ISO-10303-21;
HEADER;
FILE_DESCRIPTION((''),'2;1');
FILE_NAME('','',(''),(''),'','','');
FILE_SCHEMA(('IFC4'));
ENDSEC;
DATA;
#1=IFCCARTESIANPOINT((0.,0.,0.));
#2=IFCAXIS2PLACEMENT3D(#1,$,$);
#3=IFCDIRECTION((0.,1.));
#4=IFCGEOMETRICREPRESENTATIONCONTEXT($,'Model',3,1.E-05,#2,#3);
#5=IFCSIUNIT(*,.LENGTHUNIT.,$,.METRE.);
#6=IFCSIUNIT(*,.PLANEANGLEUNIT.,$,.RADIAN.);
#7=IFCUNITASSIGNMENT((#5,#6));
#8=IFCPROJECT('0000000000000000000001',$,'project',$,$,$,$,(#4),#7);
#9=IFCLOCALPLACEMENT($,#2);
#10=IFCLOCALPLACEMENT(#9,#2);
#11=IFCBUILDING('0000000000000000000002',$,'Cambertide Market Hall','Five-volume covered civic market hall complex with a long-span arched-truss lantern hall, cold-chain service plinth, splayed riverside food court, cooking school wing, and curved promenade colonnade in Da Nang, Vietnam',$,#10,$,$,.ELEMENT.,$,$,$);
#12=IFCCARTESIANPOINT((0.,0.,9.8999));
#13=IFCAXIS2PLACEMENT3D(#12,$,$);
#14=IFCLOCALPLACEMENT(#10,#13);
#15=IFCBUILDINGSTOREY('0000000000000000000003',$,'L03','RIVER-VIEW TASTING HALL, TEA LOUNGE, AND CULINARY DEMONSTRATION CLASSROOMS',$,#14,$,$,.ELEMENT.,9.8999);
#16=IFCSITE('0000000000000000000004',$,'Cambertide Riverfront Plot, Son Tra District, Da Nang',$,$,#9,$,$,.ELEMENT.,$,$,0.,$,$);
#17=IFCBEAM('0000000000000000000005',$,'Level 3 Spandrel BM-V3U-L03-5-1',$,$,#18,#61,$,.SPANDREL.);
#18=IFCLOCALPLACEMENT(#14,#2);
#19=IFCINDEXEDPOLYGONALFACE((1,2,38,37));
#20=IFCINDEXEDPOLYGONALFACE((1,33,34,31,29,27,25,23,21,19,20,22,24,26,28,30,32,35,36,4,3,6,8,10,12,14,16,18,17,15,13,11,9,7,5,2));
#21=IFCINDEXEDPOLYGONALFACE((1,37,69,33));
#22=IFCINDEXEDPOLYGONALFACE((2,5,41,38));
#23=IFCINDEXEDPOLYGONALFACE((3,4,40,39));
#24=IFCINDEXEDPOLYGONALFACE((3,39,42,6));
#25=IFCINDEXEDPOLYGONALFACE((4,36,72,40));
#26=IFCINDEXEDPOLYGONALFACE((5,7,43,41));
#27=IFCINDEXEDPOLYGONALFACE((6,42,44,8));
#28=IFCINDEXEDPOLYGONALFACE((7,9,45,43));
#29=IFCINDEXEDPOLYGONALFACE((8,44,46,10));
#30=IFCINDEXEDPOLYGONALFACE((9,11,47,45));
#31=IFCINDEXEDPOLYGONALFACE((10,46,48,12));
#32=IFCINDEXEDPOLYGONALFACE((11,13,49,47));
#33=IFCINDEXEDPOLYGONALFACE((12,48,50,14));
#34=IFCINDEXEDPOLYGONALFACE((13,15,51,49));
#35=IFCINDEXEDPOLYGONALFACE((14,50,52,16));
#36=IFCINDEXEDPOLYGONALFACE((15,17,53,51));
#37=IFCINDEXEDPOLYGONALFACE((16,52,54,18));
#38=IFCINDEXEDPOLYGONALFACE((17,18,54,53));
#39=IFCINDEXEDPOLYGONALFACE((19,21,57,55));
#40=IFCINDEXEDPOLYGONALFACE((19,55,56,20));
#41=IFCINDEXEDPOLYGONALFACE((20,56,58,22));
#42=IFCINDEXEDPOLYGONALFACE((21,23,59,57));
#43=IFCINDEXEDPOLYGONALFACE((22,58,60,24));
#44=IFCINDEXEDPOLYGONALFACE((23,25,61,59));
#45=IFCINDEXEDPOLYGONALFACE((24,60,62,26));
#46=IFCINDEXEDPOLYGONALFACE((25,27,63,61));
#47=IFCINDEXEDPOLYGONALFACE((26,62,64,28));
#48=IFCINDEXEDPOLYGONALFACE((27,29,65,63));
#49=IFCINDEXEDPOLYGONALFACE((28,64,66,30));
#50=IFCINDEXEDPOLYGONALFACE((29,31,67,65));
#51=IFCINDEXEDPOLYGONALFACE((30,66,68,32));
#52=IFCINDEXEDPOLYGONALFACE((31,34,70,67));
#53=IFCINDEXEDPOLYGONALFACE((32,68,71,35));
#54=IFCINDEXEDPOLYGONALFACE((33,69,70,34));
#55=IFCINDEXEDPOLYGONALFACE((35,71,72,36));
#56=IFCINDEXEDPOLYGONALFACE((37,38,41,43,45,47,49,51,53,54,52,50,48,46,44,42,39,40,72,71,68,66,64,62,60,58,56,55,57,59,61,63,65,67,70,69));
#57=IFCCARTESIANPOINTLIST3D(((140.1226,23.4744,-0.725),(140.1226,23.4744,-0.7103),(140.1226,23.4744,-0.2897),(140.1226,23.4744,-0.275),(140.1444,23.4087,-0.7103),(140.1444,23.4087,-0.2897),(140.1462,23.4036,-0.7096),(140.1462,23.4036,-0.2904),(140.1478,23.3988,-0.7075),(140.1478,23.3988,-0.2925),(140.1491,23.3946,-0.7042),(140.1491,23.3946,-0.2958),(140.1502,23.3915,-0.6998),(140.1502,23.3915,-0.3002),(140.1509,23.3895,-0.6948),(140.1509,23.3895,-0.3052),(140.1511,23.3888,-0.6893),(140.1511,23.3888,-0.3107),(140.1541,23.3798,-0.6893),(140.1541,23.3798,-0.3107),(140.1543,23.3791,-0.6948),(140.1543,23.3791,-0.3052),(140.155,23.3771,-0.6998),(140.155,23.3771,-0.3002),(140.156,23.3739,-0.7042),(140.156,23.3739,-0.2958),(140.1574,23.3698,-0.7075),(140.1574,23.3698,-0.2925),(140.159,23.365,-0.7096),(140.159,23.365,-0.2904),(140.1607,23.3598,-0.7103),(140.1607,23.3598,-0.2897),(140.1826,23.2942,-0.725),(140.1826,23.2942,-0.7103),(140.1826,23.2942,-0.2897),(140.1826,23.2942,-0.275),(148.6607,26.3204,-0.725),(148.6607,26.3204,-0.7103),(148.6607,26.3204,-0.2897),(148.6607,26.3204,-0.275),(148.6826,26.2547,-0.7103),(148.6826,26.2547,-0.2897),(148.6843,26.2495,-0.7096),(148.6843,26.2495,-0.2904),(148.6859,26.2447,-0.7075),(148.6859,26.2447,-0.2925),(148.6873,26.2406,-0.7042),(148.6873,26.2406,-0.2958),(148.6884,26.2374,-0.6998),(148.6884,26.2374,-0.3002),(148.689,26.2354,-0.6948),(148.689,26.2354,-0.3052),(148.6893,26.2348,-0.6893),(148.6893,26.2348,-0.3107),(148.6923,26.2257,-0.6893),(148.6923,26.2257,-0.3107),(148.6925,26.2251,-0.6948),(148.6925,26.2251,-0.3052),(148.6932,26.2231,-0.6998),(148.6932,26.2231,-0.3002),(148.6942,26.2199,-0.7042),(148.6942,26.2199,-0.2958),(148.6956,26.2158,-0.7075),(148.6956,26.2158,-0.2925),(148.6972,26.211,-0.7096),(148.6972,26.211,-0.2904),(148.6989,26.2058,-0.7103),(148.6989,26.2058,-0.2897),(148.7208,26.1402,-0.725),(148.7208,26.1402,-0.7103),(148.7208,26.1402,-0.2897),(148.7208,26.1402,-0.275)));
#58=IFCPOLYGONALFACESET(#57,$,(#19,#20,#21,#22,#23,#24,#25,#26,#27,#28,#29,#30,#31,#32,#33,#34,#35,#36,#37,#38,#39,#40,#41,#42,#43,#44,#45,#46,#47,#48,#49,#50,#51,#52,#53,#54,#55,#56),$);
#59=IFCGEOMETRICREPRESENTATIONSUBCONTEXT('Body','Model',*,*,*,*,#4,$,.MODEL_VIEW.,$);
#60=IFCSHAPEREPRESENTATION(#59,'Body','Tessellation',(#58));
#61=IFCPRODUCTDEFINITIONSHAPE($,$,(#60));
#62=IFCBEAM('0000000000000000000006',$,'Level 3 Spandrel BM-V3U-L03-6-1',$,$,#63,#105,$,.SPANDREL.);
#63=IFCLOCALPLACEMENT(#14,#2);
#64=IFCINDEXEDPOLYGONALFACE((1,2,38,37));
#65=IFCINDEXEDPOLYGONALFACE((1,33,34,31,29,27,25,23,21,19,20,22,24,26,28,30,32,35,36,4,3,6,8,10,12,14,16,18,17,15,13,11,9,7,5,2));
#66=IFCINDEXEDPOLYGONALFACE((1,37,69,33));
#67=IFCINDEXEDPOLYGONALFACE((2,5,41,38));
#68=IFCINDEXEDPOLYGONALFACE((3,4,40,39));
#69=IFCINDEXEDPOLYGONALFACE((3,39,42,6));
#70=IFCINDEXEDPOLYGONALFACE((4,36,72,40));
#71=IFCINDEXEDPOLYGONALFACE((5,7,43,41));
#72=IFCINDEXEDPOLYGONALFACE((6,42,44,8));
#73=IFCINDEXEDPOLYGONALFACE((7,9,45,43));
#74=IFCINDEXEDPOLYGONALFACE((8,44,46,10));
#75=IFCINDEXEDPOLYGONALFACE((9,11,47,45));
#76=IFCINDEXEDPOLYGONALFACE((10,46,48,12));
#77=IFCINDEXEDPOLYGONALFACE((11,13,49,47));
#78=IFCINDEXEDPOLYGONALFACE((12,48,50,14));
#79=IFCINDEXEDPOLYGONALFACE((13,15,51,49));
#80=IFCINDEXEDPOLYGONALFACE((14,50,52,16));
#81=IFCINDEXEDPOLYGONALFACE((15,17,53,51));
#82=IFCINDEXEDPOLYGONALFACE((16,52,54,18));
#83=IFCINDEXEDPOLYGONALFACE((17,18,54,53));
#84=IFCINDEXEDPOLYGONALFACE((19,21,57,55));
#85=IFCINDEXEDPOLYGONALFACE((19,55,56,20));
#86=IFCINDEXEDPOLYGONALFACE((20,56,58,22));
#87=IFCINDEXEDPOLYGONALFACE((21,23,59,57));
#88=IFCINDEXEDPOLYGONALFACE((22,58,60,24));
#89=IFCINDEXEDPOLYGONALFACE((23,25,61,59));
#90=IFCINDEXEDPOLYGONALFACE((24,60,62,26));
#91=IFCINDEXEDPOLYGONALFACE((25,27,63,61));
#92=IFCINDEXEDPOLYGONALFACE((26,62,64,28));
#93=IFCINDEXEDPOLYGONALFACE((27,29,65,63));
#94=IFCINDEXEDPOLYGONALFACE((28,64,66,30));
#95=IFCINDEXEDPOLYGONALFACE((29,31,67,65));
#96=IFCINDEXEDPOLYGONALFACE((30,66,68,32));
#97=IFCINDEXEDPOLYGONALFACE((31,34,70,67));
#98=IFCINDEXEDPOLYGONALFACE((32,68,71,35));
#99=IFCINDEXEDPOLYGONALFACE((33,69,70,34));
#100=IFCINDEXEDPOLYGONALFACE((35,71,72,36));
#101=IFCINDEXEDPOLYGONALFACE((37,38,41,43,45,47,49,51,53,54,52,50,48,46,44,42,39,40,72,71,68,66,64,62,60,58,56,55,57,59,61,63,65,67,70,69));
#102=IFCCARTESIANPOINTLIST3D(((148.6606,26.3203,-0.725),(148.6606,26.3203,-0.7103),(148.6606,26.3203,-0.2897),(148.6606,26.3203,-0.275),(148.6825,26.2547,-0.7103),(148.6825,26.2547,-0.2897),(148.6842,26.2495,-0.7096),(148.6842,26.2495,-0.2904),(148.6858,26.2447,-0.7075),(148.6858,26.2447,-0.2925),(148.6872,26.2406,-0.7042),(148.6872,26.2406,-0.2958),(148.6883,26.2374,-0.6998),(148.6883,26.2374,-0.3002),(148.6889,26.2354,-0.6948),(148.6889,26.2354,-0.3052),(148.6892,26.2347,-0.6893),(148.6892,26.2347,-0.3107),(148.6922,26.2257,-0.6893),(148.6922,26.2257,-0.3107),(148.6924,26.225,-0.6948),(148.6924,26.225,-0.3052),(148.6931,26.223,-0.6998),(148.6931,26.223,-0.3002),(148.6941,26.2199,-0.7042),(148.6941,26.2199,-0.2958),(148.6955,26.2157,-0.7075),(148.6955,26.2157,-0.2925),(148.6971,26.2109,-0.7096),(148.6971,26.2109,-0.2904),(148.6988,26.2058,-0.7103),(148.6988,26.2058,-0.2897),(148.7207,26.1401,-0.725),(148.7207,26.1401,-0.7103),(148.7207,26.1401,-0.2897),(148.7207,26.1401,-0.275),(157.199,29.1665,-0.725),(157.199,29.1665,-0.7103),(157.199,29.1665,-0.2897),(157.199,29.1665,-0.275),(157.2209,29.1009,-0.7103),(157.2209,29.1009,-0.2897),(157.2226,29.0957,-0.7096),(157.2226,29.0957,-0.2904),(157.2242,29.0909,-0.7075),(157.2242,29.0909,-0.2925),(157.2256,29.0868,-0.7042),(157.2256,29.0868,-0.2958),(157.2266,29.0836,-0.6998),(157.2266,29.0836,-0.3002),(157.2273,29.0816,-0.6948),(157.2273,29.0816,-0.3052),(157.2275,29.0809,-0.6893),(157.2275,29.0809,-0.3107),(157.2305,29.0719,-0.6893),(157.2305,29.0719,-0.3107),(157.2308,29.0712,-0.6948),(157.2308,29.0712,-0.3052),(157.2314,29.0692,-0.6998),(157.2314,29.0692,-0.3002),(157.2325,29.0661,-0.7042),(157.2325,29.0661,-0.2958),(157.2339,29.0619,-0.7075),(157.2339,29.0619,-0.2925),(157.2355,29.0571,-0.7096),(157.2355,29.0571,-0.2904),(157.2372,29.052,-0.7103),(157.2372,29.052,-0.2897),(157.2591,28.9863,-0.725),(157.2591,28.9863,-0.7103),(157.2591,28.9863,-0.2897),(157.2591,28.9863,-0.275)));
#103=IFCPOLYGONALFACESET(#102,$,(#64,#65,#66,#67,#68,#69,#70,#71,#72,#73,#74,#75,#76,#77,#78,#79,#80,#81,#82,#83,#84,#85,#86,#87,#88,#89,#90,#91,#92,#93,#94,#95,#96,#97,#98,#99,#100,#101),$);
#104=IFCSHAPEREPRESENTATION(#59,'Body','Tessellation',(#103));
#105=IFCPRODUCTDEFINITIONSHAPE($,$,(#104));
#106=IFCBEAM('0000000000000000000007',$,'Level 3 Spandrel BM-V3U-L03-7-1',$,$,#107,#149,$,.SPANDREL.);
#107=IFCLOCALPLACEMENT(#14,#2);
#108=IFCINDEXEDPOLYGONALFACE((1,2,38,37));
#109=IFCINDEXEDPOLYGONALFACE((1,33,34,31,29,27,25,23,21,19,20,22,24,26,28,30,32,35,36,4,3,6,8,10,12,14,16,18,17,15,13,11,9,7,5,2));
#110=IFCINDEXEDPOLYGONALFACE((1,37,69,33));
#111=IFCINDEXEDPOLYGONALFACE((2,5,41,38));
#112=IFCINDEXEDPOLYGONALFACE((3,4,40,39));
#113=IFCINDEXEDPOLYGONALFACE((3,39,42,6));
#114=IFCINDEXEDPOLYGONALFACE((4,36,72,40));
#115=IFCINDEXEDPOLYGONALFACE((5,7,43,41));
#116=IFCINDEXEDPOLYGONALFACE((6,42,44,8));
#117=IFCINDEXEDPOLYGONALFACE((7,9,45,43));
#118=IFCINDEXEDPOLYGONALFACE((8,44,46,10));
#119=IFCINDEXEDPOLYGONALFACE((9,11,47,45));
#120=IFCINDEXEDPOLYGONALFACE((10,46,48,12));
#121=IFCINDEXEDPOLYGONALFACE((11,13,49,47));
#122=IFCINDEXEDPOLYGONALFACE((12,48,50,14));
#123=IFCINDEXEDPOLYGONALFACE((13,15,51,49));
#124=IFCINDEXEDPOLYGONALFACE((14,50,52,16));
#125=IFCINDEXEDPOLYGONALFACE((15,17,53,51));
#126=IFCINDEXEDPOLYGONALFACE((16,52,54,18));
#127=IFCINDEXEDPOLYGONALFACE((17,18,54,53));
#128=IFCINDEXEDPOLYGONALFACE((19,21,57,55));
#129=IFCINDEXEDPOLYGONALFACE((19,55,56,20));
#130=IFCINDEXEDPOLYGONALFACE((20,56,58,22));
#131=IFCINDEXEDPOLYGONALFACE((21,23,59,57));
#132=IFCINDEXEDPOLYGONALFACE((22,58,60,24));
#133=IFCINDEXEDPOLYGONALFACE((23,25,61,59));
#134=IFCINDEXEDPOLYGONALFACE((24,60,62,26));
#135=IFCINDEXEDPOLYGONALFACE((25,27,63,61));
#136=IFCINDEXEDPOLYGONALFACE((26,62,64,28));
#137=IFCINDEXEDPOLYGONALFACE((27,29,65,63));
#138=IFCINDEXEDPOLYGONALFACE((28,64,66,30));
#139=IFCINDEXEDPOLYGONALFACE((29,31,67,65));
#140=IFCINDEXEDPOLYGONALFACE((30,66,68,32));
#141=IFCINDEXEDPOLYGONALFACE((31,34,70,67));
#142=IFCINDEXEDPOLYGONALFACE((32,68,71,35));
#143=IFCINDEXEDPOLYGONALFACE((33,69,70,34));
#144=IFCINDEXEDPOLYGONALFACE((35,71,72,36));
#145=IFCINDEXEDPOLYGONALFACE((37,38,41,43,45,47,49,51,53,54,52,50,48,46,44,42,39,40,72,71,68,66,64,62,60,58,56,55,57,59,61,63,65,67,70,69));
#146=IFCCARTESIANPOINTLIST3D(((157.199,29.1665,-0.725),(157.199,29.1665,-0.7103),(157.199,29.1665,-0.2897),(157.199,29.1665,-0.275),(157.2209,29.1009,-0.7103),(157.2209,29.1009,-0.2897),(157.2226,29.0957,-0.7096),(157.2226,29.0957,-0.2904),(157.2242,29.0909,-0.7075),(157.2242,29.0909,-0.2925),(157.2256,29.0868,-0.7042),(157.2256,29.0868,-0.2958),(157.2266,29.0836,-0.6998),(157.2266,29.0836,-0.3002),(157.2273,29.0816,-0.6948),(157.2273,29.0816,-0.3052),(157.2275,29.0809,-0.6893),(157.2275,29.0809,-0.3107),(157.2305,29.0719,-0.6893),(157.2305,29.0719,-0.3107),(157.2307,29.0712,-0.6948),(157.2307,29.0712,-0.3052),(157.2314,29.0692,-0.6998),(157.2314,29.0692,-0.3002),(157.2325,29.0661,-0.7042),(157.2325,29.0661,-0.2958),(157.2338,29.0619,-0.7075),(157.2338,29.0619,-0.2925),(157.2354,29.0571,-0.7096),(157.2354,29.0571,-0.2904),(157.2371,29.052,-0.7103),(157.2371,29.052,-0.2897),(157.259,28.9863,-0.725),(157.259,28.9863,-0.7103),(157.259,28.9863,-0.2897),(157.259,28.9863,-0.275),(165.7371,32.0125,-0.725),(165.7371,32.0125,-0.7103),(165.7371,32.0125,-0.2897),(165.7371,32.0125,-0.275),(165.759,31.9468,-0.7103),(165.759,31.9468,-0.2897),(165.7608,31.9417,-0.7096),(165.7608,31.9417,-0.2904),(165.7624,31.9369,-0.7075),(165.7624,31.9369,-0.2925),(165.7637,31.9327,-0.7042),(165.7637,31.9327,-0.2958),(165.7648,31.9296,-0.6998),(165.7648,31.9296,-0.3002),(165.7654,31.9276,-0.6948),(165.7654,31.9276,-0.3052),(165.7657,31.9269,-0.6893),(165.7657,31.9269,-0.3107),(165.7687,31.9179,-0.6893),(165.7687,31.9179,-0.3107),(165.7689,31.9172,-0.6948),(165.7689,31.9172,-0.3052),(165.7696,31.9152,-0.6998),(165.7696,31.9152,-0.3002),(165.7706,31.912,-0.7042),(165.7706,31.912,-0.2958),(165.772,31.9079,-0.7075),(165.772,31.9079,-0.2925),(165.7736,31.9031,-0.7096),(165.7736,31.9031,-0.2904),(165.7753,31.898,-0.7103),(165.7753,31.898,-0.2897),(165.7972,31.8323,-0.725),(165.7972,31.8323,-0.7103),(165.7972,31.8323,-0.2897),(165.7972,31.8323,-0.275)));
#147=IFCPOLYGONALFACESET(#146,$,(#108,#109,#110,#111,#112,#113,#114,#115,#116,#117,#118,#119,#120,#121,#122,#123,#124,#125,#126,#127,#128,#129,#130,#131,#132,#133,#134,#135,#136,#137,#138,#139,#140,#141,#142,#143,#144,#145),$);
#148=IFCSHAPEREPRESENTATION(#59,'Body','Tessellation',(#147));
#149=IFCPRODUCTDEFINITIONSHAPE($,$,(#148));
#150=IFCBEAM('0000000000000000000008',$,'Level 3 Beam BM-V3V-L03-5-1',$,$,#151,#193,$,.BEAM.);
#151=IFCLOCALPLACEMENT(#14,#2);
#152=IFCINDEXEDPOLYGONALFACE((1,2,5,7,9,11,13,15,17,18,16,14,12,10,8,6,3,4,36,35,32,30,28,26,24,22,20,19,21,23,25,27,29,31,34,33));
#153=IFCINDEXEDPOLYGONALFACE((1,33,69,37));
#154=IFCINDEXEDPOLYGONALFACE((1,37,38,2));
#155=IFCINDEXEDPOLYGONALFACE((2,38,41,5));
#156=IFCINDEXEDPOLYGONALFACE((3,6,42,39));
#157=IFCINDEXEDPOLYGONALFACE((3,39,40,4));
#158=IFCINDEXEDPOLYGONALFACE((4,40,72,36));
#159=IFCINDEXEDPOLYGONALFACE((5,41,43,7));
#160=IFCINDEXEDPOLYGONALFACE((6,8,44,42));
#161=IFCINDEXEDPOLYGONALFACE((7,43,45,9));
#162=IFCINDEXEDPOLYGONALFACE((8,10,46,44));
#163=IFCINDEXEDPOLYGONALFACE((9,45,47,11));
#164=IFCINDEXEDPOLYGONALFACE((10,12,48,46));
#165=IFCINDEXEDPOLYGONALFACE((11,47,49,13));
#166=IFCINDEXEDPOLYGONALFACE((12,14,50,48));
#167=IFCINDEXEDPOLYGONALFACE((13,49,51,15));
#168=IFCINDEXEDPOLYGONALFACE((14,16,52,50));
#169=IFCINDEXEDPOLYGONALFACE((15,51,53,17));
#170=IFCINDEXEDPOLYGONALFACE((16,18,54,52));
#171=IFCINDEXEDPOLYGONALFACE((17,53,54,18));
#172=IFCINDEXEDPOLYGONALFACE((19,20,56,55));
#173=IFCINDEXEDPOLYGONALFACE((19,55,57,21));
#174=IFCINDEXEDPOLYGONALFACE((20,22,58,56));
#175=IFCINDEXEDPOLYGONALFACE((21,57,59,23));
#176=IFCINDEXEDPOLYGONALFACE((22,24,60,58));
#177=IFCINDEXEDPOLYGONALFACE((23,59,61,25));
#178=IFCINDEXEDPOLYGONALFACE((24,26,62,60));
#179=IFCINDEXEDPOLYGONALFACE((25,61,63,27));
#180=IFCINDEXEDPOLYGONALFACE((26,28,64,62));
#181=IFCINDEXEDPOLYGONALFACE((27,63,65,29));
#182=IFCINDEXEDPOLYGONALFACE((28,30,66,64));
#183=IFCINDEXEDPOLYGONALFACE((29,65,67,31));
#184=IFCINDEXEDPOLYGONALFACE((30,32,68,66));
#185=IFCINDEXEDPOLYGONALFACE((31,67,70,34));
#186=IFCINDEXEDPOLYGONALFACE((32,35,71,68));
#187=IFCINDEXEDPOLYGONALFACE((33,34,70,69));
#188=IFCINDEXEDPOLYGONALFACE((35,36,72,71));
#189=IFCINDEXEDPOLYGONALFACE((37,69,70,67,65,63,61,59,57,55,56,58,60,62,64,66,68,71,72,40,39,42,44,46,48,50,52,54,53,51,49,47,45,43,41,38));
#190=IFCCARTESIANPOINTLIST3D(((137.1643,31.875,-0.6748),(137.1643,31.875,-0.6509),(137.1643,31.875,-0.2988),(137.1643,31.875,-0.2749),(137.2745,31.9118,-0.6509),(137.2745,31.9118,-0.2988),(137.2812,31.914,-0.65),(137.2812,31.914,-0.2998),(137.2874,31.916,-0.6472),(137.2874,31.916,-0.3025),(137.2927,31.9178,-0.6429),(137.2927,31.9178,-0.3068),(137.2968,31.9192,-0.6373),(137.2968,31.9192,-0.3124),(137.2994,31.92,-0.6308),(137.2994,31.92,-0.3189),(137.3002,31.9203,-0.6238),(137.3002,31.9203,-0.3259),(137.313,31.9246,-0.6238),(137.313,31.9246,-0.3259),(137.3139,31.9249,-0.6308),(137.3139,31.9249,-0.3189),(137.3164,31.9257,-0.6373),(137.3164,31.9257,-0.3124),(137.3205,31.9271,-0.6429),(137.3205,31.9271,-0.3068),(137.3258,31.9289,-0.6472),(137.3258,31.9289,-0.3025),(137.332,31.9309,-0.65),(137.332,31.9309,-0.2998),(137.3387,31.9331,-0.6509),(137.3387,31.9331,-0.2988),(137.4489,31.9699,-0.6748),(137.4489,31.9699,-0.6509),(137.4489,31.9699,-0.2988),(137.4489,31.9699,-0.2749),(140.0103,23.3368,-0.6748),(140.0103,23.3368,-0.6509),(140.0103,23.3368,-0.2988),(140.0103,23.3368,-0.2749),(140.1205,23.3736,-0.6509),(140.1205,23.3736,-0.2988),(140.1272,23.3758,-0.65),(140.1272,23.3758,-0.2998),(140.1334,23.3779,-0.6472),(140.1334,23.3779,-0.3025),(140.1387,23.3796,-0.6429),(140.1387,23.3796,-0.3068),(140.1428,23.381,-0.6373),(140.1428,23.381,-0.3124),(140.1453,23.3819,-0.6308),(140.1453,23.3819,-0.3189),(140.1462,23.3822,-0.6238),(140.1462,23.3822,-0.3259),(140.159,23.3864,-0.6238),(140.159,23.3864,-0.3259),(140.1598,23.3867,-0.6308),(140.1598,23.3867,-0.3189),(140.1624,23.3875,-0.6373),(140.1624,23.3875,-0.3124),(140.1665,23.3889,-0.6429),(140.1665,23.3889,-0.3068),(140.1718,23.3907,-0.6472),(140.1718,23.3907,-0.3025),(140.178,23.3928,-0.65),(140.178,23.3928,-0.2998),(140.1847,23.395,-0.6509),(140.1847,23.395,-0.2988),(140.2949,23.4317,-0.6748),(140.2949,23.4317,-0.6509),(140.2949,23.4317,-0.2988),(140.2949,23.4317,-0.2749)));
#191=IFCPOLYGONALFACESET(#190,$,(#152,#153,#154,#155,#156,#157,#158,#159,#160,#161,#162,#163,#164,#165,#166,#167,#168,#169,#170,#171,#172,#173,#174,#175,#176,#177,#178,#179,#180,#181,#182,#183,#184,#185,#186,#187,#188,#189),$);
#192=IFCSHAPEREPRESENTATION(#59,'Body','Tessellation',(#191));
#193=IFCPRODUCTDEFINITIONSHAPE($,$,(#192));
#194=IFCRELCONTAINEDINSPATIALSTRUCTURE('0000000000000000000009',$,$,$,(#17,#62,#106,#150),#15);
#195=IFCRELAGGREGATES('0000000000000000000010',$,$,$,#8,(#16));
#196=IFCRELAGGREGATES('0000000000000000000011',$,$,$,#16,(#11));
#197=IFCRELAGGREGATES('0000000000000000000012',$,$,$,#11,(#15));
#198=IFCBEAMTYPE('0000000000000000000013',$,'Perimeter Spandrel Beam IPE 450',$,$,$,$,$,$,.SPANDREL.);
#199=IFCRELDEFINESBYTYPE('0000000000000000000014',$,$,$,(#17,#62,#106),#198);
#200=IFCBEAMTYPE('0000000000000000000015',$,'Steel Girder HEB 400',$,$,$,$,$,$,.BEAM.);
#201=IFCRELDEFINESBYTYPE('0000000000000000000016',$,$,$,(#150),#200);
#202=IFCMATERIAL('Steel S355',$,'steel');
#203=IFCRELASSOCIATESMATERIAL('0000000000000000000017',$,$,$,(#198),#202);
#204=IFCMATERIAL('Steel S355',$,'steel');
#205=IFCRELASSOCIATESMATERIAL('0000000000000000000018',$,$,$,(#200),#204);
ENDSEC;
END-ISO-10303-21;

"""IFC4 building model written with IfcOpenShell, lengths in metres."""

from ifc_helpers import new_model, si_unit, direction, frame, origin, origin_2d, place, context, subcontext, project, spatial, i_section, extrude, material, material_profile, profile_set, type_object, element, save


model = new_model("IFC4")

# Units and contexts
model_context = context("Model", 3, precision=1e-05, world=origin(), true_north=direction((0.0, 1.0)))
body_context = subcontext(model_context, "Body", "Model", "MODEL_VIEW")
ifc_project = project(units=[si_unit("LENGTHUNIT", "METRE"), si_unit("PLANEANGLEUNIT", "RADIAN")], contexts=[model_context])

# Site, building, storey
site_placement = place(None, origin())
site = spatial("IfcSite", under=ifc_project, at=site_placement, Name="Cambertide Riverfront Plot, Son Tra District, Da Nang", CompositionType="ELEMENT", RefElevation=0.0)
building_placement = place(site_placement, origin())
building = spatial("IfcBuilding", under=site, at=building_placement, Name="Cambertide Market Hall", Description="Five-volume covered civic market hall complex with a long-span arched-truss lantern hall, cold-chain service plinth, splayed riverside food court, cooking school wing, and curved promenade colonnade in Da Nang, Vietnam", CompositionType="ELEMENT")
storey_placement = place(building_placement, frame((0.0, 0.0, 9.8999)))
storey = spatial("IfcBuildingStorey", under=building, at=storey_placement, Name="L03", Description="RIVER-VIEW TASTING HALL, TEA LOUNGE, AND CULINARY DEMONSTRATION CLASSROOMS", CompositionType="ELEMENT", Elevation=9.8999)

# Beams
ifc_material_1 = material(Name="Steel S355", Category="steel")
ifc_material_profile_1 = material_profile(ifc_material_1, i_section(OverallWidth=0.1899, OverallDepth=0.45, WebThickness=0.0095, FlangeThickness=0.0146, FilletRadius=0.021, at=origin_2d()), Name="IPE 450")
ifc_profile_set_1 = profile_set([ifc_material_profile_1], Name="Steel S355")
beam_type_1 = type_object("IfcBeamType", Name="Perimeter Spandrel Beam IPE 450", PredefinedType="SPANDREL", material=ifc_profile_set_1)
beam_1_placement = place(storey_placement, frame((140.1526, 23.3843, -0.5), z_axis=(0.948686, 0.31622, 0.0), x_axis=(-0.31622, 0.948686, 0.0)))
element("IfcBeam", 1, at=beam_1_placement, inside=storey, type_object=beam_type_1, Name="Level 3 Spandrel BM-V3U-L03-5-1", PredefinedType="SPANDREL", context=body_context, shape_type="SweptSolid", body=[
    extrude(i_section(OverallWidth=0.1899, OverallDepth=0.45, WebThickness=0.0095, FlangeThickness=0.0146, FilletRadius=0.021, at=origin_2d()), origin(), (0.0, 0.0, 1.0), 9.0),
])
beam_2_placement = place(storey_placement, frame((148.6907, 26.2302, -0.5), z_axis=(0.948681, 0.316236, 0.0), x_axis=(-0.316236, 0.948681, 0.0)))
element("IfcBeam", 2, at=beam_2_placement, inside=storey, type_object=beam_type_1, Name="Level 3 Spandrel BM-V3U-L03-6-1", PredefinedType="SPANDREL", context=body_context, shape_type="SweptSolid", body=[
    extrude(i_section(OverallWidth=0.1899, OverallDepth=0.45, WebThickness=0.0095, FlangeThickness=0.0146, FilletRadius=0.021, at=origin_2d()), origin(), (0.0, 0.0, 1.0), 9.0002),
])
beam_3_placement = place(storey_placement, frame((157.229, 29.0764, -0.5), z_axis=(0.948686, 0.31622, 0.0), x_axis=(-0.31622, 0.948686, 0.0)))
element("IfcBeam", 3, at=beam_3_placement, inside=storey, type_object=beam_type_1, Name="Level 3 Spandrel BM-V3U-L03-7-1", PredefinedType="SPANDREL", context=body_context, shape_type="SweptSolid", body=[
    extrude(i_section(OverallWidth=0.1899, OverallDepth=0.45, WebThickness=0.0095, FlangeThickness=0.0146, FilletRadius=0.021, at=origin_2d()), origin(), (0.0, 0.0, 1.0), 9.0),
])
ifc_material_2 = material(Name="Steel S355", Category="steel")
ifc_material_profile_2 = material_profile(ifc_material_2, i_section(OverallWidth=0.3, OverallDepth=0.3999, WebThickness=0.0134, FlangeThickness=0.0239, FilletRadius=0.0271, at=origin_2d()), Name="HEB 400")
ifc_profile_set_2 = profile_set([ifc_material_profile_2], Name="Steel S355")
beam_type_2 = type_object("IfcBeamType", Name="Steel Girder HEB 400", PredefinedType="BEAM", material=ifc_profile_set_2)
for number, where, z_axis, x_axis, name in (
    (4, (140.1526, 23.3843, -0.4749), (-0.31622, 0.948686, 0.0), (-0.948686, -0.31622, 0.0), "Level 3 Beam BM-V3V-L03-5-1"),
):
    element("IfcBeam", number, at=place(storey_placement, frame(where, z_axis=z_axis, x_axis=x_axis)), inside=storey, type_object=beam_type_2, Name=name, PredefinedType="BEAM", context=body_context, shape_type="SweptSolid", body=[
        extrude(i_section(OverallWidth=0.3, OverallDepth=0.3999, WebThickness=0.0134, FlangeThickness=0.0239, FilletRadius=0.0271, at=origin_2d()), origin(), (0.0, 0.0, 1.0), 9.0),
    ])

save(model, "model.ifc")
